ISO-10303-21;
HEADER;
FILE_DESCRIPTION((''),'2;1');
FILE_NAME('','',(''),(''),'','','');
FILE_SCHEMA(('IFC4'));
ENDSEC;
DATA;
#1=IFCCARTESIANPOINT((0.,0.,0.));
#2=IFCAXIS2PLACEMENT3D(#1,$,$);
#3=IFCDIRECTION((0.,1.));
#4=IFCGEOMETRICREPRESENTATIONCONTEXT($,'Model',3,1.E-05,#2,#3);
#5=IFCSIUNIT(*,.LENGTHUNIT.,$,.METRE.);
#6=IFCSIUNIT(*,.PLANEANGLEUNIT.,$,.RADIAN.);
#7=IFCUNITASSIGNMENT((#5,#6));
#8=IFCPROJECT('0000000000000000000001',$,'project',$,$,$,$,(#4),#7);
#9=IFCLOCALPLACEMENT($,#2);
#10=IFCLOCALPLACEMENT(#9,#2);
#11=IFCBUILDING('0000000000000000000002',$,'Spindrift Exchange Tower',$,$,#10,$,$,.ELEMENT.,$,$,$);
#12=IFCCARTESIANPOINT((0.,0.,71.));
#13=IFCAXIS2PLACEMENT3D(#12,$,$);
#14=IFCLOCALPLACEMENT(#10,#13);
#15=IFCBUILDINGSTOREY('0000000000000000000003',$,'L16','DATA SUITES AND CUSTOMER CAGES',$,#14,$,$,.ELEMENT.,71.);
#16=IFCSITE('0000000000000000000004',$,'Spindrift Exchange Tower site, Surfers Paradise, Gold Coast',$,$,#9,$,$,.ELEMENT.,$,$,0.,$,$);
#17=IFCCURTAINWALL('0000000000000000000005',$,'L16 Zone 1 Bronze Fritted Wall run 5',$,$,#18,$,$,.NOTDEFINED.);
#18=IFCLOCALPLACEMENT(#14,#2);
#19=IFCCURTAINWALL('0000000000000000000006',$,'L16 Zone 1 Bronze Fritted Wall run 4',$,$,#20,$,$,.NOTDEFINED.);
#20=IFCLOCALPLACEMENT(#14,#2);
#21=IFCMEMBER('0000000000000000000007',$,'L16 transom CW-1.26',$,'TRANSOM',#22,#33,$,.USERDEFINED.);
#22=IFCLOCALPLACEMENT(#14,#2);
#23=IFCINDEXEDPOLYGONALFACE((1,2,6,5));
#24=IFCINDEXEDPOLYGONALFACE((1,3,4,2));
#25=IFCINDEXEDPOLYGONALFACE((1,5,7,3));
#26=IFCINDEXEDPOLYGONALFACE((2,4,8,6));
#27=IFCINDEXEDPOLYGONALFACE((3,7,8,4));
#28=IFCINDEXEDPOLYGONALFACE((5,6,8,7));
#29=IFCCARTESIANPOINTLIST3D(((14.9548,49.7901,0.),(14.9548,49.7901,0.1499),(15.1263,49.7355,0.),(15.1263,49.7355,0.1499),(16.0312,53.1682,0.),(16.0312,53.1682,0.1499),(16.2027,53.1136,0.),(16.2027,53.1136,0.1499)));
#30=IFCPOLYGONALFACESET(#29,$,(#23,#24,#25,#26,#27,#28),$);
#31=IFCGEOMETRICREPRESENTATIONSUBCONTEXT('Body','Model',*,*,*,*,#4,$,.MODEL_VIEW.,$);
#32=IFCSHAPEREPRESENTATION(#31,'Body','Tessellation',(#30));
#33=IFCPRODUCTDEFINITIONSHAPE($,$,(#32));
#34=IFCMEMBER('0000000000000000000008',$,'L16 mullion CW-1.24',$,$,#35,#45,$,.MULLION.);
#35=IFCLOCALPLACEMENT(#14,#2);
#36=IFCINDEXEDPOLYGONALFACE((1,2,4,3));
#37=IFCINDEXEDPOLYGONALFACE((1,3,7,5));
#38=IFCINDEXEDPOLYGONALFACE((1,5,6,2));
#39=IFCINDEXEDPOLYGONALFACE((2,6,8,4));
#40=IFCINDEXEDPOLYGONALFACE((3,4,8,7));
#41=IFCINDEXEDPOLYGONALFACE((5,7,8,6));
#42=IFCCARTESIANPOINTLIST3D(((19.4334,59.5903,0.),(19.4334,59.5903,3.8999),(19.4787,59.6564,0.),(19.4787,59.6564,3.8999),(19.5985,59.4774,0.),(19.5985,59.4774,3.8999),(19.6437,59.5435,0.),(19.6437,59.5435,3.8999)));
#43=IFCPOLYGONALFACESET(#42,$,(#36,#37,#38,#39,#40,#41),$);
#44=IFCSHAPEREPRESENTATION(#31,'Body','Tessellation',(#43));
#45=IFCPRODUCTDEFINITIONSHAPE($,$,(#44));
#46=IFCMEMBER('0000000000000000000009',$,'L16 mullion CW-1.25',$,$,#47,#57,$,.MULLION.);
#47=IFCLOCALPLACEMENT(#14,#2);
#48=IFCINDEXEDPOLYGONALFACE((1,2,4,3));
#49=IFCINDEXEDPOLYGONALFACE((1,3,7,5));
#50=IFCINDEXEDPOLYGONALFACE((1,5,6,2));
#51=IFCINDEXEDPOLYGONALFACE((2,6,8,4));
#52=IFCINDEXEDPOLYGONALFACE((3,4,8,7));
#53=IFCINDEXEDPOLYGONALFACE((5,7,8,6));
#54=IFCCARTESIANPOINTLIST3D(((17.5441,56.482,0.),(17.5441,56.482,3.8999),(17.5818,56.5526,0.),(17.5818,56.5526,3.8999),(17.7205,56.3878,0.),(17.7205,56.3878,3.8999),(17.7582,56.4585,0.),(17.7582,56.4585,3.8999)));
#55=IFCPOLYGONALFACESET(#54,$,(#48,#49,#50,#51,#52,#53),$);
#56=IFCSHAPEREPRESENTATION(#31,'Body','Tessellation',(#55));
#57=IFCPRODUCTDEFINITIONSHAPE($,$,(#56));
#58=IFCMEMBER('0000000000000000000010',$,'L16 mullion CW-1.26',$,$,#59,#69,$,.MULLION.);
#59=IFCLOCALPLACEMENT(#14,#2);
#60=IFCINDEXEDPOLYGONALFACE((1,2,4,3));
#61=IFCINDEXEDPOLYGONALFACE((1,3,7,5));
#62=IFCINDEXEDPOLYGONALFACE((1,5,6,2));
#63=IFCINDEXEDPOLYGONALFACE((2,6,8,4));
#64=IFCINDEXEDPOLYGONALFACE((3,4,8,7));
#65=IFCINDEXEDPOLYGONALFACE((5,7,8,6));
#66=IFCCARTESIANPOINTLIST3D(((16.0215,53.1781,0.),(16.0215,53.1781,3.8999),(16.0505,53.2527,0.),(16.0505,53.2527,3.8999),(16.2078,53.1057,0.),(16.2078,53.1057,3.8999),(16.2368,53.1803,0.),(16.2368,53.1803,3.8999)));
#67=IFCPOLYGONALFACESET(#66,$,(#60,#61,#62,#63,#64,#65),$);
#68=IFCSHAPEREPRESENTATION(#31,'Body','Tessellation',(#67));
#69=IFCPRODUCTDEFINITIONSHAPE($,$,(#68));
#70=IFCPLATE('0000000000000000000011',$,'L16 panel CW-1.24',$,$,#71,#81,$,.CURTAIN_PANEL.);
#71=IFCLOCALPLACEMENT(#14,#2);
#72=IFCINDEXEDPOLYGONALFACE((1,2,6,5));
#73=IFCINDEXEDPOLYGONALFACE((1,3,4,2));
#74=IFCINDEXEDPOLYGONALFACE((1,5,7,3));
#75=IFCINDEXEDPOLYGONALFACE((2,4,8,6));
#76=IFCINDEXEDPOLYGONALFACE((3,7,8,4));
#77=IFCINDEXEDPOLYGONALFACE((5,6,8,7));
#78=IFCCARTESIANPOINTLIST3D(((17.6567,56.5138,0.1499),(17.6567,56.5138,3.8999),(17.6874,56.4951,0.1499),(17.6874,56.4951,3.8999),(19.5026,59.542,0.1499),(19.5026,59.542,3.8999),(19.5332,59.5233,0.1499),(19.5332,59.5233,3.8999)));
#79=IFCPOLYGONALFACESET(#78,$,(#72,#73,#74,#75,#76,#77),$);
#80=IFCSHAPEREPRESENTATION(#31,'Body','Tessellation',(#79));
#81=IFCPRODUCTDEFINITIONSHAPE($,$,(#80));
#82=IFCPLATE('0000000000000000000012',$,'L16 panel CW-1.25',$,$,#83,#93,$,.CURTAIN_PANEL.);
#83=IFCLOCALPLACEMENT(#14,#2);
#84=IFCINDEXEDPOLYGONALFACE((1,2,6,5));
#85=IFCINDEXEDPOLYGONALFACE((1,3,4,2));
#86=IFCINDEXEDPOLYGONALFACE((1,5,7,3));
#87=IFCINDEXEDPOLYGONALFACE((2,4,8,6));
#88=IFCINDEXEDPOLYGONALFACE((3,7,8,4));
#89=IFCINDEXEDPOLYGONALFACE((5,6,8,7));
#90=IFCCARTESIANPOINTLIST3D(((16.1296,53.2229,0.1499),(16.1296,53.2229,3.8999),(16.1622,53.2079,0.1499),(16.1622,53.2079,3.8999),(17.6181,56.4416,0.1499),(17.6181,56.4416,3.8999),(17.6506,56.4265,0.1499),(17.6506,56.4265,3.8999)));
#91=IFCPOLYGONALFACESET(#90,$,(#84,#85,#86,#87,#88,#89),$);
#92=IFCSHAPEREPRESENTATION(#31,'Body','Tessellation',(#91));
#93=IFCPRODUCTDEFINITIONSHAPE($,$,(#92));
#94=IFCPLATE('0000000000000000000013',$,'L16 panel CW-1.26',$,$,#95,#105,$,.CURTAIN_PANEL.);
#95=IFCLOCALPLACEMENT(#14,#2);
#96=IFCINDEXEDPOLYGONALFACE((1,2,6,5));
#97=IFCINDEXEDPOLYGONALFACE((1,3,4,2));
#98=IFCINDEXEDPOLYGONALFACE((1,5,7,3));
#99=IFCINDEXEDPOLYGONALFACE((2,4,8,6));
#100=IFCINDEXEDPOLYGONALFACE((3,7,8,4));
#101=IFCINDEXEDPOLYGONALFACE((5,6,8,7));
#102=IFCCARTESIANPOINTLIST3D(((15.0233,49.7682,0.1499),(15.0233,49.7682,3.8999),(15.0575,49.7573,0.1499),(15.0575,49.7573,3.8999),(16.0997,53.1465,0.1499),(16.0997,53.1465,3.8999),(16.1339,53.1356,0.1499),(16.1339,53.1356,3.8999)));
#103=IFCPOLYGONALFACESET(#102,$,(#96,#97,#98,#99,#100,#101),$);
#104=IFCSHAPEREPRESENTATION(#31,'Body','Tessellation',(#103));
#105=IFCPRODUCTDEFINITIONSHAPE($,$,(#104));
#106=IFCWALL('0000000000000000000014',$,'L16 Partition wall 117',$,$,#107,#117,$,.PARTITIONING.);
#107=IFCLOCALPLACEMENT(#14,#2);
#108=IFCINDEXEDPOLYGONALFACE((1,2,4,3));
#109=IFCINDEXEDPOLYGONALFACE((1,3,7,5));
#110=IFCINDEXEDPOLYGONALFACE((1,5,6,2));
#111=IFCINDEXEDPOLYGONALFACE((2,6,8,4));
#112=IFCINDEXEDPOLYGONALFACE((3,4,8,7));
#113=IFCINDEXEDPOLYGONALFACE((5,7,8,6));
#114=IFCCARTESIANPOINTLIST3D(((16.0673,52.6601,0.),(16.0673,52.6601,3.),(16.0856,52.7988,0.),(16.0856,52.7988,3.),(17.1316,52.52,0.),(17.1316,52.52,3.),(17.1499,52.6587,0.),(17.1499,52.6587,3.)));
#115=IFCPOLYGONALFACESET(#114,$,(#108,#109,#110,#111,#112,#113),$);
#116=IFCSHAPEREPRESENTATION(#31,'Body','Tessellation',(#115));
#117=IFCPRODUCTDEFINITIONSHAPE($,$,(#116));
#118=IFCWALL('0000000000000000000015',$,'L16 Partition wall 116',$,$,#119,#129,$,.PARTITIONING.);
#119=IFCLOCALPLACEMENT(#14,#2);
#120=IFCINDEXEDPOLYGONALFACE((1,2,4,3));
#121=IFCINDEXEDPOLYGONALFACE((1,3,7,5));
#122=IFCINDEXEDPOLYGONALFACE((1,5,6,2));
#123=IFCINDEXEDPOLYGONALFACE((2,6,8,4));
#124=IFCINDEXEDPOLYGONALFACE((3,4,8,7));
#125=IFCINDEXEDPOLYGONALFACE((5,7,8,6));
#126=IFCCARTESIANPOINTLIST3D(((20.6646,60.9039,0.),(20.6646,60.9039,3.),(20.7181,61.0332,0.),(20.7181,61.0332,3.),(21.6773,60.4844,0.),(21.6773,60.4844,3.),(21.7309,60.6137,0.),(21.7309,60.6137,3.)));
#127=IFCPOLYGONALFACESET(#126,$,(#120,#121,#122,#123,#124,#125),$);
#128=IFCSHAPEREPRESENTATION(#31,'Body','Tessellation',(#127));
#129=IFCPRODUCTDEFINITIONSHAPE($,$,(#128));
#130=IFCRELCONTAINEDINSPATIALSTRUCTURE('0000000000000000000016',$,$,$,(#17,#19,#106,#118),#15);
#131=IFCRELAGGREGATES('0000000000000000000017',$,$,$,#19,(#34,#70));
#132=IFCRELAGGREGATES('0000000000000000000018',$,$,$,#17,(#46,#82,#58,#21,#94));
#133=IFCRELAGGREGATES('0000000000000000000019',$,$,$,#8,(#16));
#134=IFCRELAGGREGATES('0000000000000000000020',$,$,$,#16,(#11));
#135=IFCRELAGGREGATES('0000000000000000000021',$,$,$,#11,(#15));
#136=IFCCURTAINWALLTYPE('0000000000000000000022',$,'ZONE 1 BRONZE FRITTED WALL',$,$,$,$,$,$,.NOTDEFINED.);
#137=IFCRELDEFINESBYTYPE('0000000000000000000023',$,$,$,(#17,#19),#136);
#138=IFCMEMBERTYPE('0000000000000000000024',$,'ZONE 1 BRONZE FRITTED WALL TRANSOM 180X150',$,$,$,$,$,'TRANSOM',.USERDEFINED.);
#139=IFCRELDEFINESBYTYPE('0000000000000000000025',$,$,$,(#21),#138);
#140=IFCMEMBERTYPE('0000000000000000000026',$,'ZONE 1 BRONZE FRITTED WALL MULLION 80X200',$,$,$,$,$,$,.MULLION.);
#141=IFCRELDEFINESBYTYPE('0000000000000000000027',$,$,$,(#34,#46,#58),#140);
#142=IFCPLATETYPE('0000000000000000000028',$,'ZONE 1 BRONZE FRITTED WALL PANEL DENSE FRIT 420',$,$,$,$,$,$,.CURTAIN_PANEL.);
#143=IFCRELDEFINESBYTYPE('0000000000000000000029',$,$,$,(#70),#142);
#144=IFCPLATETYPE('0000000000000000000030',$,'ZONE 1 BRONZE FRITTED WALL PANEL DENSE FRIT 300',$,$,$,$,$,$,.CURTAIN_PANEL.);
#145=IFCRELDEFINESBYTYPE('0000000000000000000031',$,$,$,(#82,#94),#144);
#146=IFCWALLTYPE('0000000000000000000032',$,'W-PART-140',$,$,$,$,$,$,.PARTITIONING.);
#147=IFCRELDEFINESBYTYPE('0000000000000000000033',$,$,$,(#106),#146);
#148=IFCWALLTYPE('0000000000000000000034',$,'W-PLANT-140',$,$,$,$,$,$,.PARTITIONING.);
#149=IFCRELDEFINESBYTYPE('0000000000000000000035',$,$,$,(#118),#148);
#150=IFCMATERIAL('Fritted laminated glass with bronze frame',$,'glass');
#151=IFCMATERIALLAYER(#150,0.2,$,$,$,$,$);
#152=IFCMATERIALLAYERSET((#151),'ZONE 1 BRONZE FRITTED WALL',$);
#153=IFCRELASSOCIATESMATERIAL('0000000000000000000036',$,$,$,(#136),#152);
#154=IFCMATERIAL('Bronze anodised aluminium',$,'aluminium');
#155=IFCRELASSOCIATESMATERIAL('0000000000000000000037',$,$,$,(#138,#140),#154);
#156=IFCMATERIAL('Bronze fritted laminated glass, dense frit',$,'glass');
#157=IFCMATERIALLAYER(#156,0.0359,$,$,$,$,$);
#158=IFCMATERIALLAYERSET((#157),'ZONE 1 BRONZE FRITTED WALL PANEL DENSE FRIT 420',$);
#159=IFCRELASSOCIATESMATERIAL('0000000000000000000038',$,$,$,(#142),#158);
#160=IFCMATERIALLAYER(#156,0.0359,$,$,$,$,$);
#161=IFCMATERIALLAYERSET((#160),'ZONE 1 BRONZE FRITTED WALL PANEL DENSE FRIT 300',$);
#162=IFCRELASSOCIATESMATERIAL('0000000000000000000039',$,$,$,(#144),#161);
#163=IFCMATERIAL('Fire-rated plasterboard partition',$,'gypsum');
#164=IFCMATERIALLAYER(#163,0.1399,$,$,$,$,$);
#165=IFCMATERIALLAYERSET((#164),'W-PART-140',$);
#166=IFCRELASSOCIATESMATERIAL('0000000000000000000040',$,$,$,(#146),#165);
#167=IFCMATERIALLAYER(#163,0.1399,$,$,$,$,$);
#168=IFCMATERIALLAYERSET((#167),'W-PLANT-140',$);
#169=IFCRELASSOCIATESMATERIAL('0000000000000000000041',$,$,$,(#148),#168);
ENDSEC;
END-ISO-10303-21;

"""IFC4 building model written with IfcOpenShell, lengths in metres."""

from ifc_helpers import new_model, si_unit, direction, frame, frame_2d, origin, origin_2d, place, context, subcontext, project, spatial, rectangle, extrude, source, transform, mapped, material, layer, layer_set, material_profile, profile_set, type_object, element, aggregate, save


model = new_model("IFC4")

# Units and contexts
model_context = context("Model", 3, precision=1e-05, world=origin(), true_north=direction((0.0, 1.0)))
body_context = subcontext(model_context, "Body", "Model", "MODEL_VIEW")
ifc_project = project(units=[si_unit("LENGTHUNIT", "METRE"), si_unit("PLANEANGLEUNIT", "RADIAN")], contexts=[model_context])

# Site, building, storey
site_placement = place(None, origin())
site = spatial("IfcSite", under=ifc_project, at=site_placement, Name="Spindrift Exchange Tower site, Surfers Paradise, Gold Coast", CompositionType="ELEMENT", RefElevation=0.0)
building_placement = place(site_placement, origin())
building = spatial("IfcBuilding", under=site, at=building_placement, Name="Spindrift Exchange Tower", CompositionType="ELEMENT")
storey_placement = place(building_placement, frame((0.0, 0.0, 71.0)))
storey = spatial("IfcBuildingStorey", under=building, at=storey_placement, Name="L16", Description="DATA SUITES AND CUSTOMER CAGES", CompositionType="ELEMENT", Elevation=71.0)

# Curtain walls
ifc_material_1 = material(Name="Fritted laminated glass with bronze frame", Category="glass")
ifc_layer_1 = layer(ifc_material_1, 0.2)
ifc_layer_set_1 = layer_set([ifc_layer_1], Name="ZONE 1 BRONZE FRITTED WALL")
curtain_wall_type = type_object("IfcCurtainWallType", Name="ZONE 1 BRONZE FRITTED WALL", PredefinedType="NOTDEFINED", material=ifc_layer_set_1)
curtain_wall_1_placement = place(storey_placement, origin())
curtain_wall_1 = element("IfcCurtainWall", 1, at=curtain_wall_1_placement, inside=storey, type_object=curtain_wall_type, Name="L16 Zone 1 Bronze Fritted Wall run 5", PredefinedType="NOTDEFINED")
ifc_material_2 = material(Name="Bronze anodised aluminium", Category="aluminium")
ifc_material_profile_1 = material_profile(ifc_material_2, rectangle(XDim=0.1799, YDim=0.1499, at=origin_2d()), Name="ZONE 1 BRONZE FRITTED WALL TRANSOM 180X150")
ifc_profile_set_1 = profile_set([ifc_material_profile_1], Name="Bronze anodised aluminium")
member_type_1 = type_object("IfcMemberType", Name="ZONE 1 BRONZE FRITTED WALL TRANSOM 180X150", ElementType="TRANSOM", PredefinedType="USERDEFINED", material=ifc_profile_set_1)
curtain_wall_2_placement = place(storey_placement, origin())
curtain_wall_2 = element("IfcCurtainWall", 2, at=curtain_wall_2_placement, inside=storey, type_object=curtain_wall_type, Name="L16 Zone 1 Bronze Fritted Wall run 4", PredefinedType="NOTDEFINED")

# Members
shared_shape_1 = source(origin(), body_context, "Body", "SweptSolid", [
    extrude(rectangle(XDim=0.1799, YDim=0.1499, at=origin_2d()), origin(), (0.0, 0.0, 1.0), 3.5454),
])
member_1_placement = place(storey_placement, frame((16.1169, 53.1409, 0.075), z_axis=(-0.303599, -0.9528, 0.0), x_axis=(0.9528, -0.303599, 0.0)))
member_1 = element("IfcMember", 3, at=member_1_placement, type_object=member_type_1, Name="L16 transom CW-1.26", ObjectType="TRANSOM", PredefinedType="USERDEFINED", context=body_context, shape_type="MappedRepresentation", body=[
    mapped(shared_shape_1, transform((0.0, 0.0, 0.0), scale=1.0)),
])
ifc_material_profile_2 = material_profile(ifc_material_2, rectangle(XDim=0.0801, YDim=0.2, at=origin_2d()), Name="ZONE 1 BRONZE FRITTED WALL MULLION 80X200")
ifc_profile_set_2 = profile_set([ifc_material_profile_2], Name="Bronze anodised aluminium")
member_type_2 = type_object("IfcMemberType", Name="ZONE 1 BRONZE FRITTED WALL MULLION 80X200", PredefinedType="MULLION", material=ifc_profile_set_2)
shared_shape_2 = source(origin(), body_context, "Body", "SweptSolid", [
    extrude(rectangle(XDim=0.0801, YDim=0.2, at=origin_2d()), origin(), (0.0, 0.0, 1.0), 3.8999),
])
member_2_placement = place(storey_placement, frame((19.5386, 59.5669, 0.0), z_axis=(0.0, 0.0, 1.0), x_axis=(-0.564521, -0.825419, 0.0)))
member_2 = element("IfcMember", 4, at=member_2_placement, type_object=member_type_2, Name="L16 mullion CW-1.24", PredefinedType="MULLION", context=body_context, shape_type="MappedRepresentation", body=[
    mapped(shared_shape_2, transform((0.0, 0.0, 0.0), scale=1.0)),
])
member_3_placement = place(storey_placement, frame((17.6511, 56.4702, 0.0), z_axis=(0.0, 0.0, 1.0), x_axis=(-0.470879, -0.882198, 0.0)))
member_3 = element("IfcMember", 5, at=member_3_placement, type_object=member_type_2, Name="L16 mullion CW-1.25", PredefinedType="MULLION", context=body_context, shape_type="MappedRepresentation", body=[
    mapped(shared_shape_2, transform((0.0, 0.0, 0.0), scale=1.0)),
])
member_4_placement = place(storey_placement, frame((16.1292, 53.1792, 0.0), z_axis=(0.0, 0.0, 1.0), x_axis=(-0.362367, -0.932035, 0.0)))
member_4 = element("IfcMember", 6, at=member_4_placement, type_object=member_type_2, Name="L16 mullion CW-1.26", PredefinedType="MULLION", context=body_context, shape_type="MappedRepresentation", body=[
    mapped(shared_shape_2, transform((0.0, 0.0, 0.0), scale=1.0)),
])

# Plates
ifc_material_3 = material(Name="Bronze fritted laminated glass, dense frit", Category="glass")
ifc_layer_2 = layer(ifc_material_3, 0.0359)
ifc_layer_set_2 = layer_set([ifc_layer_2], Name="ZONE 1 BRONZE FRITTED WALL PANEL DENSE FRIT 420")
plate_type_1 = type_object("IfcPlateType", Name="ZONE 1 BRONZE FRITTED WALL PANEL DENSE FRIT 420", PredefinedType="CURTAIN_PANEL", material=ifc_layer_set_2)
shared_shape_3 = source(origin(), body_context, "Body", "SweptSolid", [
    extrude(rectangle(XDim=3.5464, YDim=0.0359, at=origin_2d()), origin(), (0.0, 0.0, 1.0), 3.75),
])
plate_1_placement = place(storey_placement, frame((18.595, 58.0186, 0.1499), z_axis=(0.0, 0.0, 1.0), x_axis=(-0.520485, -0.853871, 0.0)))
plate_1 = element("IfcPlate", 7, at=plate_1_placement, type_object=plate_type_1, Name="L16 panel CW-1.24", PredefinedType="CURTAIN_PANEL", context=body_context, shape_type="MappedRepresentation", body=[
    mapped(shared_shape_3, transform((0.0, 0.0, 0.0), scale=1.0)),
])
aggregate(curtain_wall_2, [member_2, plate_1])
ifc_layer_3 = layer(ifc_material_3, 0.0359)
ifc_layer_set_3 = layer_set([ifc_layer_3], Name="ZONE 1 BRONZE FRITTED WALL PANEL DENSE FRIT 300")
plate_type_2 = type_object("IfcPlateType", Name="ZONE 1 BRONZE FRITTED WALL PANEL DENSE FRIT 300", PredefinedType="CURTAIN_PANEL", material=ifc_layer_set_3)
shared_shape_4 = source(origin(), body_context, "Body", "SweptSolid", [
    extrude(rectangle(XDim=3.5461, YDim=0.0359, at=origin_2d()), origin(), (0.0, 0.0, 1.0), 3.75),
])
plate_2_placement = place(storey_placement, frame((16.8901, 54.8247, 0.1499), z_axis=(0.0, 0.0, 1.0), x_axis=(-0.419737, -0.907646, 0.0)))
plate_2 = element("IfcPlate", 8, at=plate_2_placement, type_object=plate_type_2, Name="L16 panel CW-1.25", PredefinedType="CURTAIN_PANEL", context=body_context, shape_type="MappedRepresentation", body=[
    mapped(shared_shape_4, transform((0.0, 0.0, 0.0), scale=1.0)),
])
shared_shape_5 = source(origin(), body_context, "Body", "SweptSolid", [
    extrude(rectangle(XDim=3.5457, YDim=0.0359, at=origin_2d()), origin(), (0.0, 0.0, 1.0), 3.75),
])
plate_3_placement = place(storey_placement, frame((15.5786, 51.4519, 0.1499), z_axis=(0.0, 0.0, 1.0), x_axis=(-0.303589, -0.952803, 0.0)))
plate_3 = element("IfcPlate", 9, at=plate_3_placement, type_object=plate_type_2, Name="L16 panel CW-1.26", PredefinedType="CURTAIN_PANEL", context=body_context, shape_type="MappedRepresentation", body=[
    mapped(shared_shape_5, transform((0.0, 0.0, 0.0), scale=1.0)),
])
aggregate(curtain_wall_1, [member_3, plate_2, member_4, member_1, plate_3])

# Walls
ifc_material_4 = material(Name="Fire-rated plasterboard partition", Category="gypsum")
ifc_layer_4 = layer(ifc_material_4, 0.1399)
ifc_layer_set_4 = layer_set([ifc_layer_4], Name="W-PART-140")
wall_type_1 = type_object("IfcWallType", Name="W-PART-140", PredefinedType="PARTITIONING", material=ifc_layer_set_4)
wall_1_placement = place(storey_placement, frame((17.1406, 52.5894, 0.0), z_axis=(0.0, 0.0, 1.0), x_axis=(-0.991441, 0.130555, 0.0)))
element("IfcWall", 10, at=wall_1_placement, inside=storey, type_object=wall_type_1, Name="L16 Partition wall 117", PredefinedType="PARTITIONING", context=body_context, shape_type="SweptSolid", body=[
    extrude(rectangle(XDim=1.0735, YDim=0.1399, at=frame_2d((0.5366, 0.0))), origin(), (0.0, 0.0, 1.0), 3.0),
])
ifc_layer_5 = layer(ifc_material_4, 0.1399)
ifc_layer_set_5 = layer_set([ifc_layer_5], Name="W-PLANT-140")
wall_type_2 = type_object("IfcWallType", Name="W-PLANT-140", PredefinedType="PARTITIONING", material=ifc_layer_set_5)
wall_2_placement = place(storey_placement, frame((21.7041, 60.5491, 0.0), z_axis=(0.0, 0.0, 1.0), x_axis=(-0.923892, 0.382653, 0.0)))
element("IfcWall", 11, at=wall_2_placement, inside=storey, type_object=wall_type_2, Name="L16 Partition wall 116", PredefinedType="PARTITIONING", context=body_context, shape_type="SweptSolid", body=[
    extrude(rectangle(XDim=1.0962, YDim=0.1399, at=frame_2d((0.5481, 0.0))), origin(), (0.0, 0.0, 1.0), 3.0),
])

save(model, "model.ifc")
